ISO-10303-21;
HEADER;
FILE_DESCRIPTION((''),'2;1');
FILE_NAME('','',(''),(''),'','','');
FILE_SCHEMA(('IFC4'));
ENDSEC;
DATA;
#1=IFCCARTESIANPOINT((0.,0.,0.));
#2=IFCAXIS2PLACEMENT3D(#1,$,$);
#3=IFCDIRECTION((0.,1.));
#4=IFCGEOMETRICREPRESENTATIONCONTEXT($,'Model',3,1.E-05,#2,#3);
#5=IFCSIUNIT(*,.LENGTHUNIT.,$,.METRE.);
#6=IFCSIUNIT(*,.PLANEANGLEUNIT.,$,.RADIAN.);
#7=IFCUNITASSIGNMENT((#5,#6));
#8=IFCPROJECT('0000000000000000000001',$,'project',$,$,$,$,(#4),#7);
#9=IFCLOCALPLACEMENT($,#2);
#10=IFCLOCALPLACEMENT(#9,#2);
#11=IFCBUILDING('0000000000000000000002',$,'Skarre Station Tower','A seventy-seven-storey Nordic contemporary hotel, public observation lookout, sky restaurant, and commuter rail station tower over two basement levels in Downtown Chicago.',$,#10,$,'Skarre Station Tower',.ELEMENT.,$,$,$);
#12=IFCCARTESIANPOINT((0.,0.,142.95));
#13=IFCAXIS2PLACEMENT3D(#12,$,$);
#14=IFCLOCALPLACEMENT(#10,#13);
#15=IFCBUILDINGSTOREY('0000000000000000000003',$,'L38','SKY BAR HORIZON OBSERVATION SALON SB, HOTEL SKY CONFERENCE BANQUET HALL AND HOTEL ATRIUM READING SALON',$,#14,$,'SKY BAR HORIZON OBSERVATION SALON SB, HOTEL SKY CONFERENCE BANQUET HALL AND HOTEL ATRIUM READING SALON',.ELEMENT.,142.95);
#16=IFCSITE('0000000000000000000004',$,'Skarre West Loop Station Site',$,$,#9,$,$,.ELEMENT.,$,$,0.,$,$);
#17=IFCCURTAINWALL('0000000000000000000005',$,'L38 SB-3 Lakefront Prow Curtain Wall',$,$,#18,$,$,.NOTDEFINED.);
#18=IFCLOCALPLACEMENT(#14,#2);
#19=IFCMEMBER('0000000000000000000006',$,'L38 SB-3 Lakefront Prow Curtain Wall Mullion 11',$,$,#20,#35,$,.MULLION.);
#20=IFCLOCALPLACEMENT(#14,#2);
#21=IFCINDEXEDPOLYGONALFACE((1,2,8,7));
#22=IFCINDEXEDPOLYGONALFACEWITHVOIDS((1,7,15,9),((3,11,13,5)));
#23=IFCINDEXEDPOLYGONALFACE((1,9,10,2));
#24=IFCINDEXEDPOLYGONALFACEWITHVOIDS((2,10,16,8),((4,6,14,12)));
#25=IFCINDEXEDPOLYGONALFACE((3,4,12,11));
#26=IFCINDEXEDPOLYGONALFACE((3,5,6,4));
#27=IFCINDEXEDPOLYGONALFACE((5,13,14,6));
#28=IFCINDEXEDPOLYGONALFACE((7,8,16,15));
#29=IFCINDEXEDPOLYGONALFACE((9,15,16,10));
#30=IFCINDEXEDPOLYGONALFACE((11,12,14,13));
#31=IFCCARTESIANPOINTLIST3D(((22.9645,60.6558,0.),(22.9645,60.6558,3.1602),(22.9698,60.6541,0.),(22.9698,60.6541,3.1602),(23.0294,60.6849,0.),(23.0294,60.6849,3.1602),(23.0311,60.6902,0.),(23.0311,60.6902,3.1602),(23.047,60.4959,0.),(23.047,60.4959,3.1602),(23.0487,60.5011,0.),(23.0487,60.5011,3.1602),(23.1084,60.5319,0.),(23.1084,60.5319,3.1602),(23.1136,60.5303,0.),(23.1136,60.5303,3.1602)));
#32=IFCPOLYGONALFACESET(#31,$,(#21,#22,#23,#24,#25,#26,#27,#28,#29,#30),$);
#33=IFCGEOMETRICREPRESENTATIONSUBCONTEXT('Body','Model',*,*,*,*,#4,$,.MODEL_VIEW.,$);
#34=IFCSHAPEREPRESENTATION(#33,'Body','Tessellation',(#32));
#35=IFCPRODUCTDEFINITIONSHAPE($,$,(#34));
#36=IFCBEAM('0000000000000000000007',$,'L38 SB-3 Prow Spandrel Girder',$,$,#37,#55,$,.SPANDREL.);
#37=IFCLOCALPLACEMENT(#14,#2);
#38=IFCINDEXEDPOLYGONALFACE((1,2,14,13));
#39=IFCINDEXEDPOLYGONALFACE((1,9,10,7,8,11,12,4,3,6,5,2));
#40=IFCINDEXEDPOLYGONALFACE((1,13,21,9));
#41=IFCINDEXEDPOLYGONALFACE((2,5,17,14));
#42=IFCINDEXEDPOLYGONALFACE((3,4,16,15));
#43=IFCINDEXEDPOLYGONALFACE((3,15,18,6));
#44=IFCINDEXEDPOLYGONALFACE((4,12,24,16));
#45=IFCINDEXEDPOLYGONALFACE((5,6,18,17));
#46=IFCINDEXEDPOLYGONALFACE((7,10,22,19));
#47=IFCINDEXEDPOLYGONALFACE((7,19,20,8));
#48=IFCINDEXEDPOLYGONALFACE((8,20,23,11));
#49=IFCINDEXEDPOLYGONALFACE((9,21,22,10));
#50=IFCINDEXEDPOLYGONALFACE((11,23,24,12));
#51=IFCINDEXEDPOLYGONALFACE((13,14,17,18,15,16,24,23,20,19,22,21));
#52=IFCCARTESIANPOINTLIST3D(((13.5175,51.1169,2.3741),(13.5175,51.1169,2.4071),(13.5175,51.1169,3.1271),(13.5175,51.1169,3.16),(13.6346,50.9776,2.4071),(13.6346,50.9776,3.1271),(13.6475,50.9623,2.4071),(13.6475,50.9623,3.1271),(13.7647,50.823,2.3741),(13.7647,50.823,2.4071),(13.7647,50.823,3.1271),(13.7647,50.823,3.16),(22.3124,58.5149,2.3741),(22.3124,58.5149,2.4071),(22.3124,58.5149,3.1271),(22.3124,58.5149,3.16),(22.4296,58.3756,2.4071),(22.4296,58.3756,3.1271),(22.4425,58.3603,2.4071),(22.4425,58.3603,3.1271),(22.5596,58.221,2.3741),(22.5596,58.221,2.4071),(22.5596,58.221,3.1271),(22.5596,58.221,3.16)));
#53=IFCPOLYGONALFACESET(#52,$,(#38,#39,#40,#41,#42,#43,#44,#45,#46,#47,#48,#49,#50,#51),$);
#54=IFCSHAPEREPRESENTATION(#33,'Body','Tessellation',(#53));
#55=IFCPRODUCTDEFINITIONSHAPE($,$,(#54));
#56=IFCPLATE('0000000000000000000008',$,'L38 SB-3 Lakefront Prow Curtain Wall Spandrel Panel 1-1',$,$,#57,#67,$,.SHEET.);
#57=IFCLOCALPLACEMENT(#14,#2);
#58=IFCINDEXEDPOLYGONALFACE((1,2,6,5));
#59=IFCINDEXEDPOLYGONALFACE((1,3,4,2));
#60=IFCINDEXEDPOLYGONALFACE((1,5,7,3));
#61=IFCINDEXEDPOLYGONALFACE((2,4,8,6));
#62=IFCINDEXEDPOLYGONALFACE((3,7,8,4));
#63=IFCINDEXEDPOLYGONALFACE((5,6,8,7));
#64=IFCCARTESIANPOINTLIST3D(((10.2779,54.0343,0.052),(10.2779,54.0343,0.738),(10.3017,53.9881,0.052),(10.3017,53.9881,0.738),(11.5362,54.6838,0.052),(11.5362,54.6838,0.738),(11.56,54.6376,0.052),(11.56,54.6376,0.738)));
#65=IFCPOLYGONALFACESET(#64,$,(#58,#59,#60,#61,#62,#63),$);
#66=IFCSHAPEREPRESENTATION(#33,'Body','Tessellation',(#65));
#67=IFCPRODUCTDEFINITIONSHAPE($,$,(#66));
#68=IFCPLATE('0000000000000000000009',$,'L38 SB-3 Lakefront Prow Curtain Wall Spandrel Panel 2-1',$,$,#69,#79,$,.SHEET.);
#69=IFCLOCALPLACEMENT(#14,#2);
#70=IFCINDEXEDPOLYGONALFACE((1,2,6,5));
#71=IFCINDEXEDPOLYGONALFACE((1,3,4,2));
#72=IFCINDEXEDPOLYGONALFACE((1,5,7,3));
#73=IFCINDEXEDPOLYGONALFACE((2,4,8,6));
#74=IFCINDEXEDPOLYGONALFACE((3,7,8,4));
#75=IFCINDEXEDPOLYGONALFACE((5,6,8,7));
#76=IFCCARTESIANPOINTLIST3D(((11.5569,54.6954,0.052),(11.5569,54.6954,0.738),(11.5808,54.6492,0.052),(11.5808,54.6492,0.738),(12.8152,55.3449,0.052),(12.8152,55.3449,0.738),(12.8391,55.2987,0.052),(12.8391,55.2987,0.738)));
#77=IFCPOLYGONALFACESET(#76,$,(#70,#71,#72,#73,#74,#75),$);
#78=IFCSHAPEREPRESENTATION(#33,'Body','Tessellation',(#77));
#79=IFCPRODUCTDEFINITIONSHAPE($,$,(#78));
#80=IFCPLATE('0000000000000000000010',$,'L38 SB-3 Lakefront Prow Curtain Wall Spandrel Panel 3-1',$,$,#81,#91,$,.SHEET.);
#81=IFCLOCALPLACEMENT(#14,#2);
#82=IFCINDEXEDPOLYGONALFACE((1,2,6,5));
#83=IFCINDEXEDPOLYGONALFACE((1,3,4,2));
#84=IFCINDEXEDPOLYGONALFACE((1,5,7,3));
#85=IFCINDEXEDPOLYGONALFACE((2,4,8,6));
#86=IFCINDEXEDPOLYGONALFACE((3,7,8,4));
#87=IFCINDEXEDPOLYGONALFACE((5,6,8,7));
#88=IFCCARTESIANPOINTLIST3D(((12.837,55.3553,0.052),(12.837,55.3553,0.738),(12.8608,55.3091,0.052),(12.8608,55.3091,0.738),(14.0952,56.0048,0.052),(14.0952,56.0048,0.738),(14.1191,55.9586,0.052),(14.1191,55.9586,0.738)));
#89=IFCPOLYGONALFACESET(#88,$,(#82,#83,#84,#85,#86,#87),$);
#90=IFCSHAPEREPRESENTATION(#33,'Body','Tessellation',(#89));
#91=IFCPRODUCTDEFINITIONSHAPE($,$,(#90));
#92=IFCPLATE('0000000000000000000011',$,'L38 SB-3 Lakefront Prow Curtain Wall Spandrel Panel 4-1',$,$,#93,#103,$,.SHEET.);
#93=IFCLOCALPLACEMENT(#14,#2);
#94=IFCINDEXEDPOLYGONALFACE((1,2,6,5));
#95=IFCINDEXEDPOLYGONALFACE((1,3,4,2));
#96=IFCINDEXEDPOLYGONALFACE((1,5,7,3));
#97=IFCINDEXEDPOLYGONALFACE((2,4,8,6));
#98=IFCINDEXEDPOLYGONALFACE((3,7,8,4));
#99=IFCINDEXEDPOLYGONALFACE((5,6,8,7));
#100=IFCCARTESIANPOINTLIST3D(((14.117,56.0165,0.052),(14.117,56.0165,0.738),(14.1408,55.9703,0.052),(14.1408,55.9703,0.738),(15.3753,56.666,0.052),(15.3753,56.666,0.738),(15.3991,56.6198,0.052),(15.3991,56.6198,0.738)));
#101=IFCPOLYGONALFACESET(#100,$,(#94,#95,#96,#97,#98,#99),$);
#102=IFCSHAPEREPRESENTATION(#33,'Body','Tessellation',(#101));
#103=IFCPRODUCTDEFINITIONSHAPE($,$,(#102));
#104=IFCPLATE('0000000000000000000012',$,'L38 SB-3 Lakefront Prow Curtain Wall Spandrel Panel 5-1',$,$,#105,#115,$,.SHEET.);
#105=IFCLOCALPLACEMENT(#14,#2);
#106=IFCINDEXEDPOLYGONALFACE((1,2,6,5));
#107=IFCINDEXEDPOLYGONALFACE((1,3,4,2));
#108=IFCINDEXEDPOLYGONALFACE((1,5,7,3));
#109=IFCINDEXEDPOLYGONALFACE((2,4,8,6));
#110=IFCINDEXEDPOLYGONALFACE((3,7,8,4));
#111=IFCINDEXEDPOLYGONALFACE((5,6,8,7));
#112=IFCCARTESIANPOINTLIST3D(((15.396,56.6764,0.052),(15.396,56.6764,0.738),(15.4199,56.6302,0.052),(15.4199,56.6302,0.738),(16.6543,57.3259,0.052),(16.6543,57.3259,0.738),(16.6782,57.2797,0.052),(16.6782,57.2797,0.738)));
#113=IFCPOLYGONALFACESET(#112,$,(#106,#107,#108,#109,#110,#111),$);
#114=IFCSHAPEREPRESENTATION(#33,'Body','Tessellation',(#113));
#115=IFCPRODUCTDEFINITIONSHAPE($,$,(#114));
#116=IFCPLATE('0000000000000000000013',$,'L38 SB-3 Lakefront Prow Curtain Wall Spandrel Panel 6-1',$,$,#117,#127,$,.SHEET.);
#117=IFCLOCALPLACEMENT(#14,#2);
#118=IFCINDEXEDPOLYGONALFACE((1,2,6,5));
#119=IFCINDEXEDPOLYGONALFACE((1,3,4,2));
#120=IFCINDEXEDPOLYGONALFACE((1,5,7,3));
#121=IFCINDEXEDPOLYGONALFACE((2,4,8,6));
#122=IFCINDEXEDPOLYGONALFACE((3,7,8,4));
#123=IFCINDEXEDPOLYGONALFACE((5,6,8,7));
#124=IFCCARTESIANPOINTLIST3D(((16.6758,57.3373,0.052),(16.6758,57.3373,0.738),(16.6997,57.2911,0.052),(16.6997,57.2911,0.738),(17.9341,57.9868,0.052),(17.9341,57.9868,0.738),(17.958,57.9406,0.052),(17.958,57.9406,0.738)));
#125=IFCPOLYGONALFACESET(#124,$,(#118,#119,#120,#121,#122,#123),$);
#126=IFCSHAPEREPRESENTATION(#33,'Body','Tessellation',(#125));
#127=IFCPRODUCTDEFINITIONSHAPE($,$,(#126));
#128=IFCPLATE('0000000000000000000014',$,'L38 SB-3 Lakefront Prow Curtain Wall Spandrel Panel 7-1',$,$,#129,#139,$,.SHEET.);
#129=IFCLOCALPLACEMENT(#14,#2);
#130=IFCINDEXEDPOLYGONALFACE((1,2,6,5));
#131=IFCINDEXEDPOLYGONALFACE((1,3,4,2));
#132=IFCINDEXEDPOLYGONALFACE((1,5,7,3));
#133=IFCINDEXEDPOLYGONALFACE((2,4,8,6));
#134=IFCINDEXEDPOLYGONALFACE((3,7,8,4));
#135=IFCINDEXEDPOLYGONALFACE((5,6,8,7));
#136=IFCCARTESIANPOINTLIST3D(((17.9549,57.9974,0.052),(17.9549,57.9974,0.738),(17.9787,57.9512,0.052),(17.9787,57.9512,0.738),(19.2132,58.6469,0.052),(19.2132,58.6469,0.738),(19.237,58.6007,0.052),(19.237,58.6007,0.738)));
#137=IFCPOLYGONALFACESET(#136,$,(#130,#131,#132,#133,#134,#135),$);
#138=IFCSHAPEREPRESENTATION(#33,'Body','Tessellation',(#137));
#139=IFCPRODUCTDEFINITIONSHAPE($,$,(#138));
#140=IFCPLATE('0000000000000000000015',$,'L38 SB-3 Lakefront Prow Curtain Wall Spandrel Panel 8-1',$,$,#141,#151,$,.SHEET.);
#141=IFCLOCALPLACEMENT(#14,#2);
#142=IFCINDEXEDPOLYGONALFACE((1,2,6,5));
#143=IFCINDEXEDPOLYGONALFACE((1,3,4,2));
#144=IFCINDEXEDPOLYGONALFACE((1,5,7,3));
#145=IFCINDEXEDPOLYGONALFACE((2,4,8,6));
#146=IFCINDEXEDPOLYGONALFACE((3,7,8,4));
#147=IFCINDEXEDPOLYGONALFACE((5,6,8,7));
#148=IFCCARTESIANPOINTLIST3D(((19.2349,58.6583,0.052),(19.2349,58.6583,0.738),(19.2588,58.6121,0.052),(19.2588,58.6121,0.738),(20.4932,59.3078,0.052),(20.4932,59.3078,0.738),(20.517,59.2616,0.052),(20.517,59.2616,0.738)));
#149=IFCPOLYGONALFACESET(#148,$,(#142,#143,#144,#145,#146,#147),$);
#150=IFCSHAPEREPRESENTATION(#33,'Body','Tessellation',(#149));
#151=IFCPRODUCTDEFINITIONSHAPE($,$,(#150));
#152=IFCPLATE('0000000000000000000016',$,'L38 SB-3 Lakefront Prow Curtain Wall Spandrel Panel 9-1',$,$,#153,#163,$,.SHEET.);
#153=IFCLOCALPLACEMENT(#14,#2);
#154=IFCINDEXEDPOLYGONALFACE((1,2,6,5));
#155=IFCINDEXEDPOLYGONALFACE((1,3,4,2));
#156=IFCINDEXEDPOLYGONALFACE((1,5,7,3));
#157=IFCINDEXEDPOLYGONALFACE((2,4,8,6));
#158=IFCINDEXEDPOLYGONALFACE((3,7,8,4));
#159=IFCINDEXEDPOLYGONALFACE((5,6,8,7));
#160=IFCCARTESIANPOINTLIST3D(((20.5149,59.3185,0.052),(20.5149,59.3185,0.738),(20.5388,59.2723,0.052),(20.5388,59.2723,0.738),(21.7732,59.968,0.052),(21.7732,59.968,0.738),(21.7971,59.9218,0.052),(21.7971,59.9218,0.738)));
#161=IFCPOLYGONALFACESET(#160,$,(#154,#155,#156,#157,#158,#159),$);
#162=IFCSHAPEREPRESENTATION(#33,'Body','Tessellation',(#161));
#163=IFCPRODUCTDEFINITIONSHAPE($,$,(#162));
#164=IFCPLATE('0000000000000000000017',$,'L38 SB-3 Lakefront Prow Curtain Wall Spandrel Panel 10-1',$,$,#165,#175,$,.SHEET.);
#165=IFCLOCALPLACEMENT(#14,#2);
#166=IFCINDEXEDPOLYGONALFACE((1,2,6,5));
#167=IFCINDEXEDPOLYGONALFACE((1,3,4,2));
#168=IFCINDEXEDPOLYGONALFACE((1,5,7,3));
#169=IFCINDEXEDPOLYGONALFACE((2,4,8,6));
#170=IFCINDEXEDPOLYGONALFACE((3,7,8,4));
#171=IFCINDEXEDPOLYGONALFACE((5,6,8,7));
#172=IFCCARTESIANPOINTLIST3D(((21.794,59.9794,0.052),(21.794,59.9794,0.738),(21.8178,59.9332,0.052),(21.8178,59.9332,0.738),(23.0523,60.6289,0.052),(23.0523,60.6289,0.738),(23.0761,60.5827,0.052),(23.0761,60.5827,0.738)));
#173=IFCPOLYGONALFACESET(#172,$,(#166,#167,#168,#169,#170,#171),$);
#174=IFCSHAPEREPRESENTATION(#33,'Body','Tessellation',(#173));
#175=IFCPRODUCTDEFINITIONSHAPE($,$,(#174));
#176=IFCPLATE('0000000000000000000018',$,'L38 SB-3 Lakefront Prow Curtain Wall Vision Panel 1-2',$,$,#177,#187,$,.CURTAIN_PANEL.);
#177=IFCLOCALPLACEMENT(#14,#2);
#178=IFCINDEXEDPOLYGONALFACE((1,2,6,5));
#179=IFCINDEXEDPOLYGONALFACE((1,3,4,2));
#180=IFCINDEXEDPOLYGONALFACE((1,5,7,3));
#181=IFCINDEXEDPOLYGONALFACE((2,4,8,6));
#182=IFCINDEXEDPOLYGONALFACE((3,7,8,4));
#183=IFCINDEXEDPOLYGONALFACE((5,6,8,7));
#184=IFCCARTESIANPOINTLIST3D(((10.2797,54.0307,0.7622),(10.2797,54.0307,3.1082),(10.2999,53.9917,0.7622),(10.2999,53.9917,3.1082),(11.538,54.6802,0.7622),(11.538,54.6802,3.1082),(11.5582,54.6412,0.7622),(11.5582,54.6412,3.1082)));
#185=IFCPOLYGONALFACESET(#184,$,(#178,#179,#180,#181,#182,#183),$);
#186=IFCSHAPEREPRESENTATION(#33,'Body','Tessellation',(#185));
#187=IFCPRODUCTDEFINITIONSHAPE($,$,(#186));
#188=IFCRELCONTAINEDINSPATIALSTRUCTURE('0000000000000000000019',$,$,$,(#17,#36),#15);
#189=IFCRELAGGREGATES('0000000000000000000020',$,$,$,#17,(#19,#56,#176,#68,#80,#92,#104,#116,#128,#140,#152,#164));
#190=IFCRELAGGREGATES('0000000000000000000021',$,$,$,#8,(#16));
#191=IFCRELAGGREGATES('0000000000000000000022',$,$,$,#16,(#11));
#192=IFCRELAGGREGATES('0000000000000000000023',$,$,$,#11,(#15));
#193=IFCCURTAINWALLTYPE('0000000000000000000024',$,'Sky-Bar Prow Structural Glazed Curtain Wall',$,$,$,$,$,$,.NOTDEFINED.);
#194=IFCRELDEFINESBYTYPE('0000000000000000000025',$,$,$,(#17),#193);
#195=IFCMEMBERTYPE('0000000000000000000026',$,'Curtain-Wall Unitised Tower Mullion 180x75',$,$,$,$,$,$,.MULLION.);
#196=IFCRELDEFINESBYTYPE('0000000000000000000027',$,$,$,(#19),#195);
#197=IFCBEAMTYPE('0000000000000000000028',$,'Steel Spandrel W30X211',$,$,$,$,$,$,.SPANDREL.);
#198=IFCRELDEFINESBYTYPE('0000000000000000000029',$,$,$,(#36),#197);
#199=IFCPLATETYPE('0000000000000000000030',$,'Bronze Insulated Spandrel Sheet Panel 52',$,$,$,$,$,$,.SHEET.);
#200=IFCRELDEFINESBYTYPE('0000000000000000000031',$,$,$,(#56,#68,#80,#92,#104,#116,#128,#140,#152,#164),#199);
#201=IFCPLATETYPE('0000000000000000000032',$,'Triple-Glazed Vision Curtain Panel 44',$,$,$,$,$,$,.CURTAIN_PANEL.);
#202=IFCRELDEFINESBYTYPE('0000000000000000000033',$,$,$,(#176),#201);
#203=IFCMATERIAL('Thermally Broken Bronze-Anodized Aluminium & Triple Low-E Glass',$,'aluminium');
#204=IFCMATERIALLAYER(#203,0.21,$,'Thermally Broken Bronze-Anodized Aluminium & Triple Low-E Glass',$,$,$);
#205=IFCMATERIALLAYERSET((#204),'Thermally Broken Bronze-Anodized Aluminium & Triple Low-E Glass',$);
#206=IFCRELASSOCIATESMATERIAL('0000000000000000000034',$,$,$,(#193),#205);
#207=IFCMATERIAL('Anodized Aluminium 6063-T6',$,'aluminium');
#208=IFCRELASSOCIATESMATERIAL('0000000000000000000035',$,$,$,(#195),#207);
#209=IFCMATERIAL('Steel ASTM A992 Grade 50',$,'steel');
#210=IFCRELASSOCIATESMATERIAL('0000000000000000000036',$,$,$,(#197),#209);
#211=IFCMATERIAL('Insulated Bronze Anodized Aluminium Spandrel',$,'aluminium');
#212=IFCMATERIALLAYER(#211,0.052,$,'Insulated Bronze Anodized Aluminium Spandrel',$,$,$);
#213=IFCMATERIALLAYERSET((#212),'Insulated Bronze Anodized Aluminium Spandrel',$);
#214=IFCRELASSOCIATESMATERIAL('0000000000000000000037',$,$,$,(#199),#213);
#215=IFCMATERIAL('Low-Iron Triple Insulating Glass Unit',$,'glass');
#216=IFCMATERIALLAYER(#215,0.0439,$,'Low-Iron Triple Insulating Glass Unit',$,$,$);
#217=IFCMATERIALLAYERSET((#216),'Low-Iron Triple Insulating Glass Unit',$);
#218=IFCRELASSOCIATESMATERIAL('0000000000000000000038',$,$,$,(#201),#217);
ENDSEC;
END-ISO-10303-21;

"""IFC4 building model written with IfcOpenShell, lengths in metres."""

from ifc_helpers import new_model, si_unit, direction, frame, origin, origin_2d, place, context, subcontext, project, spatial, rectangle, hollow_rectangle, i_section, extrude, material, layer, layer_set, material_profile, profile_set, type_object, element, aggregate, save


model = new_model("IFC4")

# Units and contexts
model_context = context("Model", 3, precision=1e-05, world=origin(), true_north=direction((0.0, 1.0)))
body_context = subcontext(model_context, "Body", "Model", "MODEL_VIEW")
ifc_project = project(units=[si_unit("LENGTHUNIT", "METRE"), si_unit("PLANEANGLEUNIT", "RADIAN")], contexts=[model_context])

# Site, building, storey
site_placement = place(None, origin())
site = spatial("IfcSite", under=ifc_project, at=site_placement, Name="Skarre West Loop Station Site", CompositionType="ELEMENT", RefElevation=0.0)
building_placement = place(site_placement, origin())
building = spatial("IfcBuilding", under=site, at=building_placement, Name="Skarre Station Tower", Description="A seventy-seven-storey Nordic contemporary hotel, public observation lookout, sky restaurant, and commuter rail station tower over two basement levels in Downtown Chicago.", LongName="Skarre Station Tower", CompositionType="ELEMENT")
storey_placement = place(building_placement, frame((0.0, 0.0, 142.95)))
storey = spatial("IfcBuildingStorey", under=building, at=storey_placement, Name="L38", Description="SKY BAR HORIZON OBSERVATION SALON SB, HOTEL SKY CONFERENCE BANQUET HALL AND HOTEL ATRIUM READING SALON", LongName="SKY BAR HORIZON OBSERVATION SALON SB, HOTEL SKY CONFERENCE BANQUET HALL AND HOTEL ATRIUM READING SALON", CompositionType="ELEMENT", Elevation=142.95)

# Curtain wall, member
ifc_material_1 = material(Name="Thermally Broken Bronze-Anodized Aluminium & Triple Low-E Glass", Category="aluminium")
ifc_layer_1 = layer(ifc_material_1, 0.21, Name="Thermally Broken Bronze-Anodized Aluminium & Triple Low-E Glass")
ifc_layer_set_1 = layer_set([ifc_layer_1], Name="Thermally Broken Bronze-Anodized Aluminium & Triple Low-E Glass")
curtain_wall_type = type_object("IfcCurtainWallType", Name="Sky-Bar Prow Structural Glazed Curtain Wall", PredefinedType="NOTDEFINED", material=ifc_layer_set_1)
curtain_wall_placement = place(storey_placement, origin())
curtain_wall = element("IfcCurtainWall", 1, at=curtain_wall_placement, inside=storey, type_object=curtain_wall_type, Name="L38 SB-3 Lakefront Prow Curtain Wall", PredefinedType="NOTDEFINED")
ifc_material_2 = material(Name="Anodized Aluminium 6063-T6", Category="aluminium")
ifc_material_profile_1 = material_profile(ifc_material_2, hollow_rectangle(XDim=0.075, YDim=0.1799, WallThickness=0.0039, at=origin_2d()), Name="Anodized Aluminium 6063-T6")
ifc_profile_set_1 = profile_set([ifc_material_profile_1], Name="Anodized Aluminium 6063-T6")
member_type = type_object("IfcMemberType", Name="Curtain-Wall Unitised Tower Mullion 180x75", PredefinedType="MULLION", material=ifc_profile_set_1)
member_1_placement = place(storey_placement, frame((23.0391, 60.593, 0.0), z_axis=(0.0, 0.0, 1.0), x_axis=(0.888601, 0.458681, 0.0)))
member_1 = element("IfcMember", 2, at=member_1_placement, type_object=member_type, Name="L38 SB-3 Lakefront Prow Curtain Wall Mullion 11", PredefinedType="MULLION", context=body_context, shape_type="SweptSolid", body=[
    extrude(hollow_rectangle(XDim=0.075, YDim=0.1799, WallThickness=0.0039, at=origin_2d()), origin(), (0.0, 0.0, 1.0), 3.1602),
])

# Beam
ifc_material_3 = material(Name="Steel ASTM A992 Grade 50", Category="steel")
ifc_material_profile_2 = material_profile(ifc_material_3, i_section(OverallWidth=0.384, OverallDepth=0.7859, WebThickness=0.02, FlangeThickness=0.033, at=origin_2d()), Name="Steel ASTM A992 Grade 50")
ifc_profile_set_2 = profile_set([ifc_material_profile_2], Name="Steel ASTM A992 Grade 50")
beam_type = type_object("IfcBeamType", Name="Steel Spandrel W30X211", PredefinedType="SPANDREL", material=ifc_profile_set_2)
beam_placement = place(storey_placement, frame((22.436, 58.3679, 2.7671), z_axis=(-0.765267, -0.643713, 0.0), x_axis=(0.643713, -0.765267, 0.0)))
element("IfcBeam", 3, at=beam_placement, inside=storey, type_object=beam_type, Name="L38 SB-3 Prow Spandrel Girder", PredefinedType="SPANDREL", context=body_context, shape_type="SweptSolid", body=[
    extrude(i_section(OverallWidth=0.384, OverallDepth=0.7859, WebThickness=0.02, FlangeThickness=0.033, at=origin_2d()), origin(), (0.0, 0.0, 1.0), 11.4927),
])

# Plates
ifc_material_4 = material(Name="Insulated Bronze Anodized Aluminium Spandrel", Category="aluminium")
ifc_layer_2 = layer(ifc_material_4, 0.052, Name="Insulated Bronze Anodized Aluminium Spandrel")
ifc_layer_set_2 = layer_set([ifc_layer_2], Name="Insulated Bronze Anodized Aluminium Spandrel")
plate_type_1 = type_object("IfcPlateType", Name="Bronze Insulated Spandrel Sheet Panel 52", PredefinedType="SHEET", material=ifc_layer_set_2)
plate_1_placement = place(storey_placement, frame((10.9189, 54.3359, 0.052), z_axis=(0.0, 0.0, 1.0), x_axis=(0.888601, 0.458681, 0.0)))
plate_1 = element("IfcPlate", 4, at=plate_1_placement, type_object=plate_type_1, Name="L38 SB-3 Lakefront Prow Curtain Wall Spandrel Panel 1-1", PredefinedType="SHEET", context=body_context, shape_type="SweptSolid", body=[
    extrude(rectangle(XDim=1.416, YDim=0.052, at=origin_2d()), origin(), (0.0, 0.0, 1.0), 0.686),
])
plate_2_placement = place(storey_placement, frame((12.198, 54.9971, 0.052), z_axis=(0.0, 0.0, 1.0), x_axis=(0.888601, 0.458681, 0.0)))
plate_2 = element("IfcPlate", 5, at=plate_2_placement, type_object=plate_type_1, Name="L38 SB-3 Lakefront Prow Curtain Wall Spandrel Panel 2-1", PredefinedType="SHEET", context=body_context, shape_type="SweptSolid", body=[
    extrude(rectangle(XDim=1.416, YDim=0.052, at=origin_2d()), origin(), (0.0, 0.0, 1.0), 0.686),
])
plate_3_placement = place(storey_placement, frame((13.478, 55.657, 0.052), z_axis=(0.0, 0.0, 1.0), x_axis=(0.888601, 0.458681, 0.0)))
plate_3 = element("IfcPlate", 6, at=plate_3_placement, type_object=plate_type_1, Name="L38 SB-3 Lakefront Prow Curtain Wall Spandrel Panel 3-1", PredefinedType="SHEET", context=body_context, shape_type="SweptSolid", body=[
    extrude(rectangle(XDim=1.416, YDim=0.052, at=origin_2d()), origin(), (0.0, 0.0, 1.0), 0.686),
])
plate_4_placement = place(storey_placement, frame((14.7581, 56.3181, 0.052), z_axis=(0.0, 0.0, 1.0), x_axis=(0.888601, 0.458681, 0.0)))
plate_4 = element("IfcPlate", 7, at=plate_4_placement, type_object=plate_type_1, Name="L38 SB-3 Lakefront Prow Curtain Wall Spandrel Panel 4-1", PredefinedType="SHEET", context=body_context, shape_type="SweptSolid", body=[
    extrude(rectangle(XDim=1.416, YDim=0.052, at=origin_2d()), origin(), (0.0, 0.0, 1.0), 0.686),
])
plate_5_placement = place(storey_placement, frame((16.0371, 56.978, 0.052), z_axis=(0.0, 0.0, 1.0), x_axis=(0.888601, 0.458681, 0.0)))
plate_5 = element("IfcPlate", 8, at=plate_5_placement, type_object=plate_type_1, Name="L38 SB-3 Lakefront Prow Curtain Wall Spandrel Panel 5-1", PredefinedType="SHEET", context=body_context, shape_type="SweptSolid", body=[
    extrude(rectangle(XDim=1.416, YDim=0.052, at=origin_2d()), origin(), (0.0, 0.0, 1.0), 0.686),
])
plate_6_placement = place(storey_placement, frame((17.3169, 57.6389, 0.052), z_axis=(0.0, 0.0, 1.0), x_axis=(0.888601, 0.458681, 0.0)))
plate_6 = element("IfcPlate", 9, at=plate_6_placement, type_object=plate_type_1, Name="L38 SB-3 Lakefront Prow Curtain Wall Spandrel Panel 6-1", PredefinedType="SHEET", context=body_context, shape_type="SweptSolid", body=[
    extrude(rectangle(XDim=1.416, YDim=0.052, at=origin_2d()), origin(), (0.0, 0.0, 1.0), 0.686),
])
plate_7_placement = place(storey_placement, frame((18.5959, 58.2991, 0.052), z_axis=(0.0, 0.0, 1.0), x_axis=(0.888601, 0.458681, 0.0)))
plate_7 = element("IfcPlate", 10, at=plate_7_placement, type_object=plate_type_1, Name="L38 SB-3 Lakefront Prow Curtain Wall Spandrel Panel 7-1", PredefinedType="SHEET", context=body_context, shape_type="SweptSolid", body=[
    extrude(rectangle(XDim=1.416, YDim=0.052, at=origin_2d()), origin(), (0.0, 0.0, 1.0), 0.686),
])
plate_8_placement = place(storey_placement, frame((19.876, 58.96, 0.052), z_axis=(0.0, 0.0, 1.0), x_axis=(0.888601, 0.458681, 0.0)))
plate_8 = element("IfcPlate", 11, at=plate_8_placement, type_object=plate_type_1, Name="L38 SB-3 Lakefront Prow Curtain Wall Spandrel Panel 8-1", PredefinedType="SHEET", context=body_context, shape_type="SweptSolid", body=[
    extrude(rectangle(XDim=1.416, YDim=0.052, at=origin_2d()), origin(), (0.0, 0.0, 1.0), 0.686),
])
plate_9_placement = place(storey_placement, frame((21.156, 59.6201, 0.052), z_axis=(0.0, 0.0, 1.0), x_axis=(0.888601, 0.458681, 0.0)))
plate_9 = element("IfcPlate", 12, at=plate_9_placement, type_object=plate_type_1, Name="L38 SB-3 Lakefront Prow Curtain Wall Spandrel Panel 9-1", PredefinedType="SHEET", context=body_context, shape_type="SweptSolid", body=[
    extrude(rectangle(XDim=1.416, YDim=0.052, at=origin_2d()), origin(), (0.0, 0.0, 1.0), 0.686),
])
plate_10_placement = place(storey_placement, frame((22.4351, 60.281, 0.052), z_axis=(0.0, 0.0, 1.0), x_axis=(0.888601, 0.458681, 0.0)))
plate_10 = element("IfcPlate", 13, at=plate_10_placement, type_object=plate_type_1, Name="L38 SB-3 Lakefront Prow Curtain Wall Spandrel Panel 10-1", PredefinedType="SHEET", context=body_context, shape_type="SweptSolid", body=[
    extrude(rectangle(XDim=1.416, YDim=0.052, at=origin_2d()), origin(), (0.0, 0.0, 1.0), 0.686),
])
ifc_material_5 = material(Name="Low-Iron Triple Insulating Glass Unit", Category="glass")
ifc_layer_3 = layer(ifc_material_5, 0.0439, Name="Low-Iron Triple Insulating Glass Unit")
ifc_layer_set_3 = layer_set([ifc_layer_3], Name="Low-Iron Triple Insulating Glass Unit")
plate_type_2 = type_object("IfcPlateType", Name="Triple-Glazed Vision Curtain Panel 44", PredefinedType="CURTAIN_PANEL", material=ifc_layer_set_3)
plate_11_placement = place(storey_placement, frame((10.9189, 54.3359, 0.7622), z_axis=(0.0, 0.0, 1.0), x_axis=(0.888601, 0.458681, 0.0)))
plate_11 = element("IfcPlate", 14, at=plate_11_placement, type_object=plate_type_2, Name="L38 SB-3 Lakefront Prow Curtain Wall Vision Panel 1-2", PredefinedType="CURTAIN_PANEL", context=body_context, shape_type="SweptSolid", body=[
    extrude(rectangle(XDim=1.416, YDim=0.0439, at=origin_2d()), origin(), (0.0, 0.0, 1.0), 2.3459),
])
aggregate(curtain_wall, [member_1, plate_1, plate_11, plate_2, plate_3, plate_4, plate_5, plate_6, plate_7, plate_8, plate_9, plate_10])

save(model, "model.ifc")
